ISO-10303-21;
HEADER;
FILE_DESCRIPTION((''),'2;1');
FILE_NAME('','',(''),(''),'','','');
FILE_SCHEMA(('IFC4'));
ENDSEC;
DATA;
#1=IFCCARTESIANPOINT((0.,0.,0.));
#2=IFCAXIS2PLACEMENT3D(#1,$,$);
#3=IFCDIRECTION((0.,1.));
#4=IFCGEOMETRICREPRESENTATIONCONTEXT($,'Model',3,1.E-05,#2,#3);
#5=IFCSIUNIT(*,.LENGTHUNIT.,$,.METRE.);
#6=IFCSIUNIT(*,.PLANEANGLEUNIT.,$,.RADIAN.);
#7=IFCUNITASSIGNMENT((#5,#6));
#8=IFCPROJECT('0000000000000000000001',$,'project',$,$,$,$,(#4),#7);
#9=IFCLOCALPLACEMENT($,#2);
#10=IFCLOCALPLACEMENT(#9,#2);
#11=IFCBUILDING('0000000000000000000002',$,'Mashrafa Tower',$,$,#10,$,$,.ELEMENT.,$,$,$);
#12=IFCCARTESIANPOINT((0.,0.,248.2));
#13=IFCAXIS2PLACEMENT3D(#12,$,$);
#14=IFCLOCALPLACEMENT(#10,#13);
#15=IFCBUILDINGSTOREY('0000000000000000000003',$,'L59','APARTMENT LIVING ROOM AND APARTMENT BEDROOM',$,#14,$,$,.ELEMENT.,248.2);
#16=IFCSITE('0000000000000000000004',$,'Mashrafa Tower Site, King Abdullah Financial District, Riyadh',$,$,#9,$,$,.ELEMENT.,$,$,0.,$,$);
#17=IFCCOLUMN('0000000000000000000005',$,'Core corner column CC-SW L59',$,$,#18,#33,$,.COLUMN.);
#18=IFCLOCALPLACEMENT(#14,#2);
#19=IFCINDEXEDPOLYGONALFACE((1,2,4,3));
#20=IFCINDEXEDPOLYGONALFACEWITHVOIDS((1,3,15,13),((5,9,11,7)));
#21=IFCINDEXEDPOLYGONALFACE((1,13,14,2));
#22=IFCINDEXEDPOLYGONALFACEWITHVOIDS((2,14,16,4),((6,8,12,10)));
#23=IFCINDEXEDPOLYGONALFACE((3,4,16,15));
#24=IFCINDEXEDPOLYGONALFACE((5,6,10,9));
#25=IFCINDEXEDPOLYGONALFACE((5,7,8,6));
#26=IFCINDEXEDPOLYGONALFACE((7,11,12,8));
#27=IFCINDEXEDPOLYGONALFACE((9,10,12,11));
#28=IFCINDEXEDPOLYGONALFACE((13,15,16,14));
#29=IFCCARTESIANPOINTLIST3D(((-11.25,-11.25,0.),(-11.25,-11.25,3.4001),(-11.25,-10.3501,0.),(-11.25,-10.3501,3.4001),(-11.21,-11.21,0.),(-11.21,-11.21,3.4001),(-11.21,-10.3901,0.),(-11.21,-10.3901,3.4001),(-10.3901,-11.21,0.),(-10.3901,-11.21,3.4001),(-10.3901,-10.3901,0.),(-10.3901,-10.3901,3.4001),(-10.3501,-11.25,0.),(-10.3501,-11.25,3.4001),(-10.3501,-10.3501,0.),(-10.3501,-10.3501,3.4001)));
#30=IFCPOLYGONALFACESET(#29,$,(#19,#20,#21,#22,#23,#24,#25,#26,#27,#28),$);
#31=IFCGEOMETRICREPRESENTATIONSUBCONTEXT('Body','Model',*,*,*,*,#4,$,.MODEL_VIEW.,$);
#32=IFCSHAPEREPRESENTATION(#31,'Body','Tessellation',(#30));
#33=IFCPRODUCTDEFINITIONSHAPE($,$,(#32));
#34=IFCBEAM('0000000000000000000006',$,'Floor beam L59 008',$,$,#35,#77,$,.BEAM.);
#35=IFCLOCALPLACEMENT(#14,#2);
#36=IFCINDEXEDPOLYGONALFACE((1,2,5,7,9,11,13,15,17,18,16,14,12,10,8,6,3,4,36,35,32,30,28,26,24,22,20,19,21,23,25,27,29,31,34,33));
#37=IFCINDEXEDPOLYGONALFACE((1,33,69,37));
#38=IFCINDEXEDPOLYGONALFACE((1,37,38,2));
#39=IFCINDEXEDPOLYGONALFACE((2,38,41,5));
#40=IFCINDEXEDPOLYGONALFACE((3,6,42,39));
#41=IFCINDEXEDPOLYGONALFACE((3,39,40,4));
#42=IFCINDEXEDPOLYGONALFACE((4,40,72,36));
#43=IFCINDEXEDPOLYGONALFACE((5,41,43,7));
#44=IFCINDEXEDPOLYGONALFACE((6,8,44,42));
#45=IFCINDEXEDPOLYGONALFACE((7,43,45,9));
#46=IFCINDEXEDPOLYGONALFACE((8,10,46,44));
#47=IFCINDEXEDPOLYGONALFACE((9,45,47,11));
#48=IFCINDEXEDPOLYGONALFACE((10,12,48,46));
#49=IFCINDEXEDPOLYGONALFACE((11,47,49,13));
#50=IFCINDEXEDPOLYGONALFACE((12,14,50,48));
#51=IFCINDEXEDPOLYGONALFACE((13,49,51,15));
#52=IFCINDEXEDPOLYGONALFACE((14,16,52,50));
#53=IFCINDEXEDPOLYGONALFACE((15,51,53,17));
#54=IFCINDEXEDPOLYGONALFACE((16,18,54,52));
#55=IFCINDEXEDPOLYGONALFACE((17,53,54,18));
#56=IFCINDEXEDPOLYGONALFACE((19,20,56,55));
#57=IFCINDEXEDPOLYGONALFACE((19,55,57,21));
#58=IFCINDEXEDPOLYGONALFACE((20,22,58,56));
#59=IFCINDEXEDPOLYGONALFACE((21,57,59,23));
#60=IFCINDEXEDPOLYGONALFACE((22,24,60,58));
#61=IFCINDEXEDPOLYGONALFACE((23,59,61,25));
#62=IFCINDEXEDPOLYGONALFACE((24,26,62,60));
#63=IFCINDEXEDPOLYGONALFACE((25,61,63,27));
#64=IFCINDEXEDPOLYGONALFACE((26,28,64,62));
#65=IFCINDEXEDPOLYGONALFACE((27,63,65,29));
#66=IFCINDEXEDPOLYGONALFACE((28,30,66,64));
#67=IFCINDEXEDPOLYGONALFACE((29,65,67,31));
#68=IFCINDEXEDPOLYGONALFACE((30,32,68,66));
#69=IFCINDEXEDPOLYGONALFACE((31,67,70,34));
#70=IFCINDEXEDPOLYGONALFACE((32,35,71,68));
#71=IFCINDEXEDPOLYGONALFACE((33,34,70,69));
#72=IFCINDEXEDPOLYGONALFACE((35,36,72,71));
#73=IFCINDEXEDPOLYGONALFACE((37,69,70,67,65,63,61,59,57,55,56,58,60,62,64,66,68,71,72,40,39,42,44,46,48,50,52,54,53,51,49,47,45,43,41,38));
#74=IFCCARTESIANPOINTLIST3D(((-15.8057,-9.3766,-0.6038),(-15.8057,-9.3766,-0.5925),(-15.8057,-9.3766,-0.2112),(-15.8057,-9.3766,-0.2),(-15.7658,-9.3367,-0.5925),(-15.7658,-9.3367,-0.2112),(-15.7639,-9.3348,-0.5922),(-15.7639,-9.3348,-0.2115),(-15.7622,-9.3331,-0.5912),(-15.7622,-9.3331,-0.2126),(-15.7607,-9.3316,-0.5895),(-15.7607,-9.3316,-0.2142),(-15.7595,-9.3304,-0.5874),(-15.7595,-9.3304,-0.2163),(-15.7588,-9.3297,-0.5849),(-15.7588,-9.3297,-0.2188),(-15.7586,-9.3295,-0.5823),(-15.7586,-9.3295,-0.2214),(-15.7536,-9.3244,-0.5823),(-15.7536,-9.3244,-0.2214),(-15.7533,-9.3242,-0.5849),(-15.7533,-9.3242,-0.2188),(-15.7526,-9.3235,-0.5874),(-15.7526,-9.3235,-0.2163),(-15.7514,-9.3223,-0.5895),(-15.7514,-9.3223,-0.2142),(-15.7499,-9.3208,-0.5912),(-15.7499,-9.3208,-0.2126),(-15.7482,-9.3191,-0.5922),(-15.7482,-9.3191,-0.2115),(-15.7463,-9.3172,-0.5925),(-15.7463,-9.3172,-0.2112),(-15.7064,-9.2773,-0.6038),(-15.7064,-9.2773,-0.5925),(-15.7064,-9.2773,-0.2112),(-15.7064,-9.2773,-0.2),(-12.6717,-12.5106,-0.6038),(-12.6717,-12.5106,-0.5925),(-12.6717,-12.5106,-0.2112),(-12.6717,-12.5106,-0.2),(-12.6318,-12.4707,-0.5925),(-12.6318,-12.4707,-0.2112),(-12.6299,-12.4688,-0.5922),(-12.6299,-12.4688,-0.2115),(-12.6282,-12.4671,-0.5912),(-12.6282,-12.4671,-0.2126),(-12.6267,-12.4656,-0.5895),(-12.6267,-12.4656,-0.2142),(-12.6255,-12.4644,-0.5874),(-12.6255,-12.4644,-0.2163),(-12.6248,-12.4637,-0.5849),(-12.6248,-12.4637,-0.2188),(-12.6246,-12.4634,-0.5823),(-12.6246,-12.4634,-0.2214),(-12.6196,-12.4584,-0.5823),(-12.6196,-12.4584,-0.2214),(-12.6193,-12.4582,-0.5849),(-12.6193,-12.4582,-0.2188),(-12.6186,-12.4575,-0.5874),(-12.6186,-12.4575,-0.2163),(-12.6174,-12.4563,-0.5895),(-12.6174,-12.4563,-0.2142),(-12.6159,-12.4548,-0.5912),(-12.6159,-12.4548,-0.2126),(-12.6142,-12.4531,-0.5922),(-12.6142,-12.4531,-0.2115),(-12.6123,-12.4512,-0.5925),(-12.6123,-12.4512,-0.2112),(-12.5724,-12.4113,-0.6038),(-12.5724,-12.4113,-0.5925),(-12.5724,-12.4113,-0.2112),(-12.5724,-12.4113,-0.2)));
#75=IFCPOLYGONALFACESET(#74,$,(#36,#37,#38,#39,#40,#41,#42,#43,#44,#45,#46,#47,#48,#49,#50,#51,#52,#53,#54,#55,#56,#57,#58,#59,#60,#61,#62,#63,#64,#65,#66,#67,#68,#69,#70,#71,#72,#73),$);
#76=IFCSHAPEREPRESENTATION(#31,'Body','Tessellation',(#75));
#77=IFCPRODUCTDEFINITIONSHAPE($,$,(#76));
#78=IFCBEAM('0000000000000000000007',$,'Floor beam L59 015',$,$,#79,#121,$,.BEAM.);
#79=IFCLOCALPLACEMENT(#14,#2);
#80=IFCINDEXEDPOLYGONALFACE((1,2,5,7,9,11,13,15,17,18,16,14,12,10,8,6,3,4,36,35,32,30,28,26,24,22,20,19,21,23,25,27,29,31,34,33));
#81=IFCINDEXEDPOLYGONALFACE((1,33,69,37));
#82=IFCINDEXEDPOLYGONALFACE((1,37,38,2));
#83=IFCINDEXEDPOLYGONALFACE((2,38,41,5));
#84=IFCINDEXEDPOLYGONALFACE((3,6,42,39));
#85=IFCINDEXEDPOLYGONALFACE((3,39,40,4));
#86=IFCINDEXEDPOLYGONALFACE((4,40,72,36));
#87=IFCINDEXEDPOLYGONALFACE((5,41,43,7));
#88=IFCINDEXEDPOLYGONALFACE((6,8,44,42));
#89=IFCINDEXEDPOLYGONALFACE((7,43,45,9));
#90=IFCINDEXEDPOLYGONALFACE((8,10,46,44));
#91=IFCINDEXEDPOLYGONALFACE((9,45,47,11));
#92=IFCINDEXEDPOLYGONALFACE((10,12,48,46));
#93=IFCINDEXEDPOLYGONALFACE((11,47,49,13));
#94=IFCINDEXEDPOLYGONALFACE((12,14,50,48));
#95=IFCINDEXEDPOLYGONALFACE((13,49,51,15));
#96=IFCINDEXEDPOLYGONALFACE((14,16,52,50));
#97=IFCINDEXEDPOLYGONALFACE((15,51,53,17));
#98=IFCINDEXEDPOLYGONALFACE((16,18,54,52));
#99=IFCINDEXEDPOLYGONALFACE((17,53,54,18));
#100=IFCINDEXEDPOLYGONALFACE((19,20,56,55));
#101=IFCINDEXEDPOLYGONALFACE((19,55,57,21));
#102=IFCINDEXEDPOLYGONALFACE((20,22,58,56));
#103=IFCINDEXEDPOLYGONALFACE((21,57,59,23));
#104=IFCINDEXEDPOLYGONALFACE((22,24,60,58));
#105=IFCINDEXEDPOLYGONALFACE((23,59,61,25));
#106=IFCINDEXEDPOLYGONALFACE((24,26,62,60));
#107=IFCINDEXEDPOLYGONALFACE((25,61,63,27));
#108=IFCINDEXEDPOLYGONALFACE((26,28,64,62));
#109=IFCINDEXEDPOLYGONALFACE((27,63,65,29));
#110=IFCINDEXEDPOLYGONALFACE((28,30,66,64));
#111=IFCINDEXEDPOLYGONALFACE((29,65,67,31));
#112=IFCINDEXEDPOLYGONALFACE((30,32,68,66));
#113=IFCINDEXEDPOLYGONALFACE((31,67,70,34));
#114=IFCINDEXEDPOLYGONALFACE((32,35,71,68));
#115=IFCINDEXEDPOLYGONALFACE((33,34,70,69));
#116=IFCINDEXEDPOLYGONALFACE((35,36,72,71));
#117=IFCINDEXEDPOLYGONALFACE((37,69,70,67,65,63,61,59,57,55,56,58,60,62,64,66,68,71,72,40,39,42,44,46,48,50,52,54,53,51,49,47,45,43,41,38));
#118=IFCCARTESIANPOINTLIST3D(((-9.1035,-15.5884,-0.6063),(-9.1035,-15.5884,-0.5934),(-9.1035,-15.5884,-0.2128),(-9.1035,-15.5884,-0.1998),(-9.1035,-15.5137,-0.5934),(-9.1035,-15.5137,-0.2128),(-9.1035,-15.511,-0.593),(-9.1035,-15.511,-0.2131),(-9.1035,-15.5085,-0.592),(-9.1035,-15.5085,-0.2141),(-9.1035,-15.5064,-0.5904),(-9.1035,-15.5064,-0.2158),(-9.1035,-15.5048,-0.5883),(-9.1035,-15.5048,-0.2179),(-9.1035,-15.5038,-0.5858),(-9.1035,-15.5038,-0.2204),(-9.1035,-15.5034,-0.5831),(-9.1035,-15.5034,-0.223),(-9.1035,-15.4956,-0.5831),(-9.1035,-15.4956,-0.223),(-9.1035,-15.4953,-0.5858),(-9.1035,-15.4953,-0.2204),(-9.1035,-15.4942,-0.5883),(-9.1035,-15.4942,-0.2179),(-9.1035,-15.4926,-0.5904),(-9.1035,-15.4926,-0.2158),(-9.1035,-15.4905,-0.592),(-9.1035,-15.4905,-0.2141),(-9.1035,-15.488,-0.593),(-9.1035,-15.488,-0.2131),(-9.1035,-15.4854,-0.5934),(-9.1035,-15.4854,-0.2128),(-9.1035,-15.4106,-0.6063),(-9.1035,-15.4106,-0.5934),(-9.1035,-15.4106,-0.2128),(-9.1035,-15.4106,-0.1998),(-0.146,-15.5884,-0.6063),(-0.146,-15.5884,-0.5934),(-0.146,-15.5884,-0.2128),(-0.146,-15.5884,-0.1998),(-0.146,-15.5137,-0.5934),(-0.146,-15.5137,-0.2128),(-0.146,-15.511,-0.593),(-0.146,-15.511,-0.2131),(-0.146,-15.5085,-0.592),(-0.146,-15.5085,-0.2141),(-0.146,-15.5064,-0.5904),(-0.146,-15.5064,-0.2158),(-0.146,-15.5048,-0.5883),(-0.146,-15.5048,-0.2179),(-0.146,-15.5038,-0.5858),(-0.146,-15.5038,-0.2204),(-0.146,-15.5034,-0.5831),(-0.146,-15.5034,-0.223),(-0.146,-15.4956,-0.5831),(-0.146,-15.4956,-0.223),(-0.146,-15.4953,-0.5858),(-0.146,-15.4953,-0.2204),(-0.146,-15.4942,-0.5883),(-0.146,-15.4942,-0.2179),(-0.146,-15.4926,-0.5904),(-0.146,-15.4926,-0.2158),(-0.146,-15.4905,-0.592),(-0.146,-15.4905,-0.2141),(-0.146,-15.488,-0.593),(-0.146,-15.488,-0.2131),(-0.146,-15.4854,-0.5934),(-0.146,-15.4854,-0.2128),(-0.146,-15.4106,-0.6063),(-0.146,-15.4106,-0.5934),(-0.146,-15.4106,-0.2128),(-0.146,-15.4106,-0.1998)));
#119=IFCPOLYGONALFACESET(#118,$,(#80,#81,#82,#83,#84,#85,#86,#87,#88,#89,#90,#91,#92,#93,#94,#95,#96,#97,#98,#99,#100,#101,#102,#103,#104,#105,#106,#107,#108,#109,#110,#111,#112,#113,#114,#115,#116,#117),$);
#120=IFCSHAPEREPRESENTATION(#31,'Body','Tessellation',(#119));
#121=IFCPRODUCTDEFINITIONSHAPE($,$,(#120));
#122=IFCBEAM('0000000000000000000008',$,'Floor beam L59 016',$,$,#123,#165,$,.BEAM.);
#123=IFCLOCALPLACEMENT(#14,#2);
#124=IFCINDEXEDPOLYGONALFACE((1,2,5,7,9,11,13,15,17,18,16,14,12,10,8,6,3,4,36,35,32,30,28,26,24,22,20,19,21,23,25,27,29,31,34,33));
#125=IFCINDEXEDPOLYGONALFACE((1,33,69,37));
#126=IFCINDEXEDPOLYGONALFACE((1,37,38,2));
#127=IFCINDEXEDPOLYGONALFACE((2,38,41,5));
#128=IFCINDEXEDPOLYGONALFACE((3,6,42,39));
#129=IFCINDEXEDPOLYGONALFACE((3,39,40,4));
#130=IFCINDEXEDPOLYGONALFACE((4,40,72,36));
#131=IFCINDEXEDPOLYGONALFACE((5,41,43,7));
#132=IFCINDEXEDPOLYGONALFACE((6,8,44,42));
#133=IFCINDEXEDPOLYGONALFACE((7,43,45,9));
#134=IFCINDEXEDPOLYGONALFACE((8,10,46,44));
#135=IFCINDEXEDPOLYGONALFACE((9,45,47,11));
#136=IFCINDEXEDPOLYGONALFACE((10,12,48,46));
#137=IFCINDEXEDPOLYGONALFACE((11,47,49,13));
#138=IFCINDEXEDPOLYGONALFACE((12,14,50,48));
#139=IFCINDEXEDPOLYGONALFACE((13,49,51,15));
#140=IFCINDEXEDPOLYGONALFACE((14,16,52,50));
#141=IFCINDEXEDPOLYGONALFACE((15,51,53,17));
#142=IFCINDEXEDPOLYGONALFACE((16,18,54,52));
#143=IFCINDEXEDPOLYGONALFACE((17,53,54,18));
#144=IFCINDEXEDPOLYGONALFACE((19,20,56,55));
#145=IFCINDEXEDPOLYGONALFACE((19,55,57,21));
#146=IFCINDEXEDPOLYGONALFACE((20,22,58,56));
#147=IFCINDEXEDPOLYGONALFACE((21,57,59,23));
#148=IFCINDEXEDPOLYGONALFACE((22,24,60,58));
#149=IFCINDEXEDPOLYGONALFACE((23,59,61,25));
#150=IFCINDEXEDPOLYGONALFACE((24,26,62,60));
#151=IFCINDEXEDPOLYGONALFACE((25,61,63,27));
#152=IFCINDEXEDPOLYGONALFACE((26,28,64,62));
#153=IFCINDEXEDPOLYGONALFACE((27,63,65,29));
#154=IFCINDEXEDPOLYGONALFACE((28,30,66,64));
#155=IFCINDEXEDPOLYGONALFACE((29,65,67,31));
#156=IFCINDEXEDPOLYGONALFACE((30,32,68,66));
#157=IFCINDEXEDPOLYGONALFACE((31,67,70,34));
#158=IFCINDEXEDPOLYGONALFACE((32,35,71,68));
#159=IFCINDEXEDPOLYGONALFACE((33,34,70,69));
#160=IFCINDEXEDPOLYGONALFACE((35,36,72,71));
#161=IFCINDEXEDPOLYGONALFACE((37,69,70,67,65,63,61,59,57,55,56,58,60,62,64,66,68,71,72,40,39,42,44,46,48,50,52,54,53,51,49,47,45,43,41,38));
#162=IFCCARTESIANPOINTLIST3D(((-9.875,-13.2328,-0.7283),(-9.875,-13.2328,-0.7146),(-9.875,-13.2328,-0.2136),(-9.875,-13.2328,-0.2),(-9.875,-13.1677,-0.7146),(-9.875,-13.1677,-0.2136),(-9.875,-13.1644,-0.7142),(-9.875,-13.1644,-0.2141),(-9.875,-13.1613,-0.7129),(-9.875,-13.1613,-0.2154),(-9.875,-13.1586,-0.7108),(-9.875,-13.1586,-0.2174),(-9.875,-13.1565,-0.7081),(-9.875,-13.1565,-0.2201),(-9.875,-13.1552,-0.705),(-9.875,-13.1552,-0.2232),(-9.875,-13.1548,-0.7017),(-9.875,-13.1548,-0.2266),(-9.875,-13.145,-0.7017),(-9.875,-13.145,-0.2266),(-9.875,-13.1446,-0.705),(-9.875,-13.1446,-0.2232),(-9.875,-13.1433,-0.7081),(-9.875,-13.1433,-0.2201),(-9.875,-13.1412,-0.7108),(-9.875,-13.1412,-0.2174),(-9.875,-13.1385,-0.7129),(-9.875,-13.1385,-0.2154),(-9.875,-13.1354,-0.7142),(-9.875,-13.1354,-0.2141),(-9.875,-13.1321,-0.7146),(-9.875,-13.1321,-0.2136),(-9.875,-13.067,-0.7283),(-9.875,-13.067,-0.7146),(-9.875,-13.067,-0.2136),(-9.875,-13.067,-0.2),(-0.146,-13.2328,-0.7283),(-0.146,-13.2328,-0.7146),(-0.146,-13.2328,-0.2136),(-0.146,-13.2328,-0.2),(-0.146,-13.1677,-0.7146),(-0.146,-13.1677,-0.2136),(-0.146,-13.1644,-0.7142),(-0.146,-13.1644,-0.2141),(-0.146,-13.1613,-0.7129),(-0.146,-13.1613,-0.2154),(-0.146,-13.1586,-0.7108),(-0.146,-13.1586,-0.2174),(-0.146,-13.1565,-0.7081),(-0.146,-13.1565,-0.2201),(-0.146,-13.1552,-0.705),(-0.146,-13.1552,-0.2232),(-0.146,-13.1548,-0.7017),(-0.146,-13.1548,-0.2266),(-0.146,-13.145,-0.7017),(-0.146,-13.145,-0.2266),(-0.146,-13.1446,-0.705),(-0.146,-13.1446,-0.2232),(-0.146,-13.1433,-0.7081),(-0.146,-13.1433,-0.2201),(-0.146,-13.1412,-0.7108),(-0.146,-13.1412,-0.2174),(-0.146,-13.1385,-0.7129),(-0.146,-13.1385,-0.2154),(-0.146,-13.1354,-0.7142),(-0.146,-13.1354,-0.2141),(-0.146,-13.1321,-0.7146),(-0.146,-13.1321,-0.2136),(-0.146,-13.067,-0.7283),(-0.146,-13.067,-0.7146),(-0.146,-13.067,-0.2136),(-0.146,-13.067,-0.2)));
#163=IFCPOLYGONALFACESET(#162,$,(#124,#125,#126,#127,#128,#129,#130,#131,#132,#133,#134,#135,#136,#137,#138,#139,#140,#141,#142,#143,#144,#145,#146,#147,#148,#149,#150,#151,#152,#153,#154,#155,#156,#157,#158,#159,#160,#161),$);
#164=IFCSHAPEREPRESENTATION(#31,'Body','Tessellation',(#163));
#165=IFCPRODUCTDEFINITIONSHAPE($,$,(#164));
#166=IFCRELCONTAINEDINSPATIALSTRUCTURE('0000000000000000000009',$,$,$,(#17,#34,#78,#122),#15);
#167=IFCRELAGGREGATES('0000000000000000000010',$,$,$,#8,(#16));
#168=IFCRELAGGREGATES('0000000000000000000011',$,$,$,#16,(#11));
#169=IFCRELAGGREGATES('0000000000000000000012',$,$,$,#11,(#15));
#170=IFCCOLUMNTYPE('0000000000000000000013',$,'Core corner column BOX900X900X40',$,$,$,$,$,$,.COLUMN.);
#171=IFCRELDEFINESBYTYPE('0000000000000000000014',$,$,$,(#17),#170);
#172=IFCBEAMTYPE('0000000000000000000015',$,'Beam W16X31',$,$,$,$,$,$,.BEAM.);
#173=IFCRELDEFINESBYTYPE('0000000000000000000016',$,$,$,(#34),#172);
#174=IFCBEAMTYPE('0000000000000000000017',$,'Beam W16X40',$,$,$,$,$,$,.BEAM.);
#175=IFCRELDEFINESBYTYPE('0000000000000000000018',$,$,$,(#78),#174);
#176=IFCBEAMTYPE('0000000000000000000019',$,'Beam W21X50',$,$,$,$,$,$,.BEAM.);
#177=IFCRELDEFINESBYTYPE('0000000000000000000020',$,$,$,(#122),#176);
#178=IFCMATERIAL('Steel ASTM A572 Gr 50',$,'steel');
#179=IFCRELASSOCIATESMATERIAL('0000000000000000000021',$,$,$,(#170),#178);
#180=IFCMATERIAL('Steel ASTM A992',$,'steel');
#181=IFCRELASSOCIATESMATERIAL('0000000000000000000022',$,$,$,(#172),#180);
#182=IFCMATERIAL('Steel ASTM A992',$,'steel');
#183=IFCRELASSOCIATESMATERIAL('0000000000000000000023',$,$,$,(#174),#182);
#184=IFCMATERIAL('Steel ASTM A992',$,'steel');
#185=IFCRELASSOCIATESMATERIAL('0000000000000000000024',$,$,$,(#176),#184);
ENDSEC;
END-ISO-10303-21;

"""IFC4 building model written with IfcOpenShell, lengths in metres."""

from ifc_helpers import new_model, si_unit, direction, frame, origin, origin_2d, place, context, subcontext, project, spatial, hollow_rectangle, i_section, extrude, material, material_profile, profile_set, type_object, element, save


model = new_model("IFC4")

# Units and contexts
model_context = context("Model", 3, precision=1e-05, world=origin(), true_north=direction((0.0, 1.0)))
body_context = subcontext(model_context, "Body", "Model", "MODEL_VIEW")
ifc_project = project(units=[si_unit("LENGTHUNIT", "METRE"), si_unit("PLANEANGLEUNIT", "RADIAN")], contexts=[model_context])

# Site, building, storey
site_placement = place(None, origin())
site = spatial("IfcSite", under=ifc_project, at=site_placement, Name="Mashrafa Tower Site, King Abdullah Financial District, Riyadh", CompositionType="ELEMENT", RefElevation=0.0)
building_placement = place(site_placement, origin())
building = spatial("IfcBuilding", under=site, at=building_placement, Name="Mashrafa Tower", CompositionType="ELEMENT")
storey_placement = place(building_placement, frame((0.0, 0.0, 248.2)))
storey = spatial("IfcBuildingStorey", under=building, at=storey_placement, Name="L59", Description="APARTMENT LIVING ROOM AND APARTMENT BEDROOM", CompositionType="ELEMENT", Elevation=248.2)

# Column
ifc_material_1 = material(Name="Steel ASTM A572 Gr 50", Category="steel")
ifc_material_profile_1 = material_profile(ifc_material_1, hollow_rectangle(XDim=0.8999, YDim=0.8999, WallThickness=0.04, at=origin_2d()), Name="BOX900X900X40")
ifc_profile_set_1 = profile_set([ifc_material_profile_1], Name="Steel ASTM A572 Gr 50")
column_type = type_object("IfcColumnType", Name="Core corner column BOX900X900X40", PredefinedType="COLUMN", material=ifc_profile_set_1)
column_placement = place(storey_placement, frame((-10.8, -10.8, 0.0), z_axis=(0.0, 0.0, 1.0), x_axis=(1.0, 0.0, 0.0)))
element("IfcColumn", 1, at=column_placement, inside=storey, type_object=column_type, Name="Core corner column CC-SW L59", PredefinedType="COLUMN", context=body_context, shape_type="SweptSolid", body=[
    extrude(hollow_rectangle(XDim=0.8999, YDim=0.8999, WallThickness=0.04, at=origin_2d()), origin(), (0.0, 0.0, 1.0), 3.4001),
])

# Beams
ifc_material_2 = material(Name="Steel ASTM A992", Category="steel")
ifc_material_profile_2 = material_profile(ifc_material_2, i_section(OverallWidth=0.1404, OverallDepth=0.4038, WebThickness=0.0071, FlangeThickness=0.0112, FilletRadius=0.0103, at=origin_2d()), Name="W16X31")
ifc_profile_set_2 = profile_set([ifc_material_profile_2], Name="Steel ASTM A992")
beam_type_1 = type_object("IfcBeamType", Name="Beam W16X31", PredefinedType="BEAM", material=ifc_profile_set_2)
beam_1_placement = place(storey_placement, frame((-12.6221, -12.4609, -0.4019), z_axis=(-0.707107, 0.707107, 0.0), x_axis=(-0.707107, -0.707107, 0.0)))
element("IfcBeam", 2, at=beam_1_placement, inside=storey, type_object=beam_type_1, Name="Floor beam L59 008", PredefinedType="BEAM", context=body_context, shape_type="SweptSolid", body=[
    extrude(i_section(OverallWidth=0.1404, OverallDepth=0.4038, WebThickness=0.0071, FlangeThickness=0.0112, FilletRadius=0.0103, at=origin_2d()), origin(), (0.0, 0.0, 1.0), 4.4321),
])
ifc_material_3 = material(Name="Steel ASTM A992", Category="steel")
ifc_material_profile_3 = material_profile(ifc_material_3, i_section(OverallWidth=0.1777, OverallDepth=0.4065, WebThickness=0.0078, FlangeThickness=0.0129, FilletRadius=0.0103, at=origin_2d()), Name="W16X40")
ifc_profile_set_3 = profile_set([ifc_material_profile_3], Name="Steel ASTM A992")
beam_type_2 = type_object("IfcBeamType", Name="Beam W16X40", PredefinedType="BEAM", material=ifc_profile_set_3)
beam_2_placement = place(storey_placement, frame((-0.146, -15.4995, -0.4031), z_axis=(-1.0, 0.0, 0.0), x_axis=(0.0, -1.0, 0.0)))
element("IfcBeam", 3, at=beam_2_placement, inside=storey, type_object=beam_type_2, Name="Floor beam L59 015", PredefinedType="BEAM", context=body_context, shape_type="SweptSolid", body=[
    extrude(i_section(OverallWidth=0.1777, OverallDepth=0.4065, WebThickness=0.0078, FlangeThickness=0.0129, FilletRadius=0.0103, at=origin_2d()), origin(), (0.0, 0.0, 1.0), 8.9575),
])
ifc_material_4 = material(Name="Steel ASTM A992", Category="steel")
ifc_material_profile_4 = material_profile(ifc_material_4, i_section(OverallWidth=0.1658, OverallDepth=0.5283, WebThickness=0.0098, FlangeThickness=0.0137, FilletRadius=0.0129, at=origin_2d()), Name="W21X50")
ifc_profile_set_4 = profile_set([ifc_material_profile_4], Name="Steel ASTM A992")
beam_type_3 = type_object("IfcBeamType", Name="Beam W21X50", PredefinedType="BEAM", material=ifc_profile_set_4)
beam_3_placement = place(storey_placement, frame((-0.146, -13.1499, -0.4641), z_axis=(-1.0, 0.0, 0.0), x_axis=(0.0, -1.0, 0.0)))
element("IfcBeam", 4, at=beam_3_placement, inside=storey, type_object=beam_type_3, Name="Floor beam L59 016", PredefinedType="BEAM", context=body_context, shape_type="SweptSolid", body=[
    extrude(i_section(OverallWidth=0.1658, OverallDepth=0.5283, WebThickness=0.0098, FlangeThickness=0.0137, FilletRadius=0.0129, at=origin_2d()), origin(), (0.0, 0.0, 1.0), 9.729),
])

save(model, "model.ifc")
